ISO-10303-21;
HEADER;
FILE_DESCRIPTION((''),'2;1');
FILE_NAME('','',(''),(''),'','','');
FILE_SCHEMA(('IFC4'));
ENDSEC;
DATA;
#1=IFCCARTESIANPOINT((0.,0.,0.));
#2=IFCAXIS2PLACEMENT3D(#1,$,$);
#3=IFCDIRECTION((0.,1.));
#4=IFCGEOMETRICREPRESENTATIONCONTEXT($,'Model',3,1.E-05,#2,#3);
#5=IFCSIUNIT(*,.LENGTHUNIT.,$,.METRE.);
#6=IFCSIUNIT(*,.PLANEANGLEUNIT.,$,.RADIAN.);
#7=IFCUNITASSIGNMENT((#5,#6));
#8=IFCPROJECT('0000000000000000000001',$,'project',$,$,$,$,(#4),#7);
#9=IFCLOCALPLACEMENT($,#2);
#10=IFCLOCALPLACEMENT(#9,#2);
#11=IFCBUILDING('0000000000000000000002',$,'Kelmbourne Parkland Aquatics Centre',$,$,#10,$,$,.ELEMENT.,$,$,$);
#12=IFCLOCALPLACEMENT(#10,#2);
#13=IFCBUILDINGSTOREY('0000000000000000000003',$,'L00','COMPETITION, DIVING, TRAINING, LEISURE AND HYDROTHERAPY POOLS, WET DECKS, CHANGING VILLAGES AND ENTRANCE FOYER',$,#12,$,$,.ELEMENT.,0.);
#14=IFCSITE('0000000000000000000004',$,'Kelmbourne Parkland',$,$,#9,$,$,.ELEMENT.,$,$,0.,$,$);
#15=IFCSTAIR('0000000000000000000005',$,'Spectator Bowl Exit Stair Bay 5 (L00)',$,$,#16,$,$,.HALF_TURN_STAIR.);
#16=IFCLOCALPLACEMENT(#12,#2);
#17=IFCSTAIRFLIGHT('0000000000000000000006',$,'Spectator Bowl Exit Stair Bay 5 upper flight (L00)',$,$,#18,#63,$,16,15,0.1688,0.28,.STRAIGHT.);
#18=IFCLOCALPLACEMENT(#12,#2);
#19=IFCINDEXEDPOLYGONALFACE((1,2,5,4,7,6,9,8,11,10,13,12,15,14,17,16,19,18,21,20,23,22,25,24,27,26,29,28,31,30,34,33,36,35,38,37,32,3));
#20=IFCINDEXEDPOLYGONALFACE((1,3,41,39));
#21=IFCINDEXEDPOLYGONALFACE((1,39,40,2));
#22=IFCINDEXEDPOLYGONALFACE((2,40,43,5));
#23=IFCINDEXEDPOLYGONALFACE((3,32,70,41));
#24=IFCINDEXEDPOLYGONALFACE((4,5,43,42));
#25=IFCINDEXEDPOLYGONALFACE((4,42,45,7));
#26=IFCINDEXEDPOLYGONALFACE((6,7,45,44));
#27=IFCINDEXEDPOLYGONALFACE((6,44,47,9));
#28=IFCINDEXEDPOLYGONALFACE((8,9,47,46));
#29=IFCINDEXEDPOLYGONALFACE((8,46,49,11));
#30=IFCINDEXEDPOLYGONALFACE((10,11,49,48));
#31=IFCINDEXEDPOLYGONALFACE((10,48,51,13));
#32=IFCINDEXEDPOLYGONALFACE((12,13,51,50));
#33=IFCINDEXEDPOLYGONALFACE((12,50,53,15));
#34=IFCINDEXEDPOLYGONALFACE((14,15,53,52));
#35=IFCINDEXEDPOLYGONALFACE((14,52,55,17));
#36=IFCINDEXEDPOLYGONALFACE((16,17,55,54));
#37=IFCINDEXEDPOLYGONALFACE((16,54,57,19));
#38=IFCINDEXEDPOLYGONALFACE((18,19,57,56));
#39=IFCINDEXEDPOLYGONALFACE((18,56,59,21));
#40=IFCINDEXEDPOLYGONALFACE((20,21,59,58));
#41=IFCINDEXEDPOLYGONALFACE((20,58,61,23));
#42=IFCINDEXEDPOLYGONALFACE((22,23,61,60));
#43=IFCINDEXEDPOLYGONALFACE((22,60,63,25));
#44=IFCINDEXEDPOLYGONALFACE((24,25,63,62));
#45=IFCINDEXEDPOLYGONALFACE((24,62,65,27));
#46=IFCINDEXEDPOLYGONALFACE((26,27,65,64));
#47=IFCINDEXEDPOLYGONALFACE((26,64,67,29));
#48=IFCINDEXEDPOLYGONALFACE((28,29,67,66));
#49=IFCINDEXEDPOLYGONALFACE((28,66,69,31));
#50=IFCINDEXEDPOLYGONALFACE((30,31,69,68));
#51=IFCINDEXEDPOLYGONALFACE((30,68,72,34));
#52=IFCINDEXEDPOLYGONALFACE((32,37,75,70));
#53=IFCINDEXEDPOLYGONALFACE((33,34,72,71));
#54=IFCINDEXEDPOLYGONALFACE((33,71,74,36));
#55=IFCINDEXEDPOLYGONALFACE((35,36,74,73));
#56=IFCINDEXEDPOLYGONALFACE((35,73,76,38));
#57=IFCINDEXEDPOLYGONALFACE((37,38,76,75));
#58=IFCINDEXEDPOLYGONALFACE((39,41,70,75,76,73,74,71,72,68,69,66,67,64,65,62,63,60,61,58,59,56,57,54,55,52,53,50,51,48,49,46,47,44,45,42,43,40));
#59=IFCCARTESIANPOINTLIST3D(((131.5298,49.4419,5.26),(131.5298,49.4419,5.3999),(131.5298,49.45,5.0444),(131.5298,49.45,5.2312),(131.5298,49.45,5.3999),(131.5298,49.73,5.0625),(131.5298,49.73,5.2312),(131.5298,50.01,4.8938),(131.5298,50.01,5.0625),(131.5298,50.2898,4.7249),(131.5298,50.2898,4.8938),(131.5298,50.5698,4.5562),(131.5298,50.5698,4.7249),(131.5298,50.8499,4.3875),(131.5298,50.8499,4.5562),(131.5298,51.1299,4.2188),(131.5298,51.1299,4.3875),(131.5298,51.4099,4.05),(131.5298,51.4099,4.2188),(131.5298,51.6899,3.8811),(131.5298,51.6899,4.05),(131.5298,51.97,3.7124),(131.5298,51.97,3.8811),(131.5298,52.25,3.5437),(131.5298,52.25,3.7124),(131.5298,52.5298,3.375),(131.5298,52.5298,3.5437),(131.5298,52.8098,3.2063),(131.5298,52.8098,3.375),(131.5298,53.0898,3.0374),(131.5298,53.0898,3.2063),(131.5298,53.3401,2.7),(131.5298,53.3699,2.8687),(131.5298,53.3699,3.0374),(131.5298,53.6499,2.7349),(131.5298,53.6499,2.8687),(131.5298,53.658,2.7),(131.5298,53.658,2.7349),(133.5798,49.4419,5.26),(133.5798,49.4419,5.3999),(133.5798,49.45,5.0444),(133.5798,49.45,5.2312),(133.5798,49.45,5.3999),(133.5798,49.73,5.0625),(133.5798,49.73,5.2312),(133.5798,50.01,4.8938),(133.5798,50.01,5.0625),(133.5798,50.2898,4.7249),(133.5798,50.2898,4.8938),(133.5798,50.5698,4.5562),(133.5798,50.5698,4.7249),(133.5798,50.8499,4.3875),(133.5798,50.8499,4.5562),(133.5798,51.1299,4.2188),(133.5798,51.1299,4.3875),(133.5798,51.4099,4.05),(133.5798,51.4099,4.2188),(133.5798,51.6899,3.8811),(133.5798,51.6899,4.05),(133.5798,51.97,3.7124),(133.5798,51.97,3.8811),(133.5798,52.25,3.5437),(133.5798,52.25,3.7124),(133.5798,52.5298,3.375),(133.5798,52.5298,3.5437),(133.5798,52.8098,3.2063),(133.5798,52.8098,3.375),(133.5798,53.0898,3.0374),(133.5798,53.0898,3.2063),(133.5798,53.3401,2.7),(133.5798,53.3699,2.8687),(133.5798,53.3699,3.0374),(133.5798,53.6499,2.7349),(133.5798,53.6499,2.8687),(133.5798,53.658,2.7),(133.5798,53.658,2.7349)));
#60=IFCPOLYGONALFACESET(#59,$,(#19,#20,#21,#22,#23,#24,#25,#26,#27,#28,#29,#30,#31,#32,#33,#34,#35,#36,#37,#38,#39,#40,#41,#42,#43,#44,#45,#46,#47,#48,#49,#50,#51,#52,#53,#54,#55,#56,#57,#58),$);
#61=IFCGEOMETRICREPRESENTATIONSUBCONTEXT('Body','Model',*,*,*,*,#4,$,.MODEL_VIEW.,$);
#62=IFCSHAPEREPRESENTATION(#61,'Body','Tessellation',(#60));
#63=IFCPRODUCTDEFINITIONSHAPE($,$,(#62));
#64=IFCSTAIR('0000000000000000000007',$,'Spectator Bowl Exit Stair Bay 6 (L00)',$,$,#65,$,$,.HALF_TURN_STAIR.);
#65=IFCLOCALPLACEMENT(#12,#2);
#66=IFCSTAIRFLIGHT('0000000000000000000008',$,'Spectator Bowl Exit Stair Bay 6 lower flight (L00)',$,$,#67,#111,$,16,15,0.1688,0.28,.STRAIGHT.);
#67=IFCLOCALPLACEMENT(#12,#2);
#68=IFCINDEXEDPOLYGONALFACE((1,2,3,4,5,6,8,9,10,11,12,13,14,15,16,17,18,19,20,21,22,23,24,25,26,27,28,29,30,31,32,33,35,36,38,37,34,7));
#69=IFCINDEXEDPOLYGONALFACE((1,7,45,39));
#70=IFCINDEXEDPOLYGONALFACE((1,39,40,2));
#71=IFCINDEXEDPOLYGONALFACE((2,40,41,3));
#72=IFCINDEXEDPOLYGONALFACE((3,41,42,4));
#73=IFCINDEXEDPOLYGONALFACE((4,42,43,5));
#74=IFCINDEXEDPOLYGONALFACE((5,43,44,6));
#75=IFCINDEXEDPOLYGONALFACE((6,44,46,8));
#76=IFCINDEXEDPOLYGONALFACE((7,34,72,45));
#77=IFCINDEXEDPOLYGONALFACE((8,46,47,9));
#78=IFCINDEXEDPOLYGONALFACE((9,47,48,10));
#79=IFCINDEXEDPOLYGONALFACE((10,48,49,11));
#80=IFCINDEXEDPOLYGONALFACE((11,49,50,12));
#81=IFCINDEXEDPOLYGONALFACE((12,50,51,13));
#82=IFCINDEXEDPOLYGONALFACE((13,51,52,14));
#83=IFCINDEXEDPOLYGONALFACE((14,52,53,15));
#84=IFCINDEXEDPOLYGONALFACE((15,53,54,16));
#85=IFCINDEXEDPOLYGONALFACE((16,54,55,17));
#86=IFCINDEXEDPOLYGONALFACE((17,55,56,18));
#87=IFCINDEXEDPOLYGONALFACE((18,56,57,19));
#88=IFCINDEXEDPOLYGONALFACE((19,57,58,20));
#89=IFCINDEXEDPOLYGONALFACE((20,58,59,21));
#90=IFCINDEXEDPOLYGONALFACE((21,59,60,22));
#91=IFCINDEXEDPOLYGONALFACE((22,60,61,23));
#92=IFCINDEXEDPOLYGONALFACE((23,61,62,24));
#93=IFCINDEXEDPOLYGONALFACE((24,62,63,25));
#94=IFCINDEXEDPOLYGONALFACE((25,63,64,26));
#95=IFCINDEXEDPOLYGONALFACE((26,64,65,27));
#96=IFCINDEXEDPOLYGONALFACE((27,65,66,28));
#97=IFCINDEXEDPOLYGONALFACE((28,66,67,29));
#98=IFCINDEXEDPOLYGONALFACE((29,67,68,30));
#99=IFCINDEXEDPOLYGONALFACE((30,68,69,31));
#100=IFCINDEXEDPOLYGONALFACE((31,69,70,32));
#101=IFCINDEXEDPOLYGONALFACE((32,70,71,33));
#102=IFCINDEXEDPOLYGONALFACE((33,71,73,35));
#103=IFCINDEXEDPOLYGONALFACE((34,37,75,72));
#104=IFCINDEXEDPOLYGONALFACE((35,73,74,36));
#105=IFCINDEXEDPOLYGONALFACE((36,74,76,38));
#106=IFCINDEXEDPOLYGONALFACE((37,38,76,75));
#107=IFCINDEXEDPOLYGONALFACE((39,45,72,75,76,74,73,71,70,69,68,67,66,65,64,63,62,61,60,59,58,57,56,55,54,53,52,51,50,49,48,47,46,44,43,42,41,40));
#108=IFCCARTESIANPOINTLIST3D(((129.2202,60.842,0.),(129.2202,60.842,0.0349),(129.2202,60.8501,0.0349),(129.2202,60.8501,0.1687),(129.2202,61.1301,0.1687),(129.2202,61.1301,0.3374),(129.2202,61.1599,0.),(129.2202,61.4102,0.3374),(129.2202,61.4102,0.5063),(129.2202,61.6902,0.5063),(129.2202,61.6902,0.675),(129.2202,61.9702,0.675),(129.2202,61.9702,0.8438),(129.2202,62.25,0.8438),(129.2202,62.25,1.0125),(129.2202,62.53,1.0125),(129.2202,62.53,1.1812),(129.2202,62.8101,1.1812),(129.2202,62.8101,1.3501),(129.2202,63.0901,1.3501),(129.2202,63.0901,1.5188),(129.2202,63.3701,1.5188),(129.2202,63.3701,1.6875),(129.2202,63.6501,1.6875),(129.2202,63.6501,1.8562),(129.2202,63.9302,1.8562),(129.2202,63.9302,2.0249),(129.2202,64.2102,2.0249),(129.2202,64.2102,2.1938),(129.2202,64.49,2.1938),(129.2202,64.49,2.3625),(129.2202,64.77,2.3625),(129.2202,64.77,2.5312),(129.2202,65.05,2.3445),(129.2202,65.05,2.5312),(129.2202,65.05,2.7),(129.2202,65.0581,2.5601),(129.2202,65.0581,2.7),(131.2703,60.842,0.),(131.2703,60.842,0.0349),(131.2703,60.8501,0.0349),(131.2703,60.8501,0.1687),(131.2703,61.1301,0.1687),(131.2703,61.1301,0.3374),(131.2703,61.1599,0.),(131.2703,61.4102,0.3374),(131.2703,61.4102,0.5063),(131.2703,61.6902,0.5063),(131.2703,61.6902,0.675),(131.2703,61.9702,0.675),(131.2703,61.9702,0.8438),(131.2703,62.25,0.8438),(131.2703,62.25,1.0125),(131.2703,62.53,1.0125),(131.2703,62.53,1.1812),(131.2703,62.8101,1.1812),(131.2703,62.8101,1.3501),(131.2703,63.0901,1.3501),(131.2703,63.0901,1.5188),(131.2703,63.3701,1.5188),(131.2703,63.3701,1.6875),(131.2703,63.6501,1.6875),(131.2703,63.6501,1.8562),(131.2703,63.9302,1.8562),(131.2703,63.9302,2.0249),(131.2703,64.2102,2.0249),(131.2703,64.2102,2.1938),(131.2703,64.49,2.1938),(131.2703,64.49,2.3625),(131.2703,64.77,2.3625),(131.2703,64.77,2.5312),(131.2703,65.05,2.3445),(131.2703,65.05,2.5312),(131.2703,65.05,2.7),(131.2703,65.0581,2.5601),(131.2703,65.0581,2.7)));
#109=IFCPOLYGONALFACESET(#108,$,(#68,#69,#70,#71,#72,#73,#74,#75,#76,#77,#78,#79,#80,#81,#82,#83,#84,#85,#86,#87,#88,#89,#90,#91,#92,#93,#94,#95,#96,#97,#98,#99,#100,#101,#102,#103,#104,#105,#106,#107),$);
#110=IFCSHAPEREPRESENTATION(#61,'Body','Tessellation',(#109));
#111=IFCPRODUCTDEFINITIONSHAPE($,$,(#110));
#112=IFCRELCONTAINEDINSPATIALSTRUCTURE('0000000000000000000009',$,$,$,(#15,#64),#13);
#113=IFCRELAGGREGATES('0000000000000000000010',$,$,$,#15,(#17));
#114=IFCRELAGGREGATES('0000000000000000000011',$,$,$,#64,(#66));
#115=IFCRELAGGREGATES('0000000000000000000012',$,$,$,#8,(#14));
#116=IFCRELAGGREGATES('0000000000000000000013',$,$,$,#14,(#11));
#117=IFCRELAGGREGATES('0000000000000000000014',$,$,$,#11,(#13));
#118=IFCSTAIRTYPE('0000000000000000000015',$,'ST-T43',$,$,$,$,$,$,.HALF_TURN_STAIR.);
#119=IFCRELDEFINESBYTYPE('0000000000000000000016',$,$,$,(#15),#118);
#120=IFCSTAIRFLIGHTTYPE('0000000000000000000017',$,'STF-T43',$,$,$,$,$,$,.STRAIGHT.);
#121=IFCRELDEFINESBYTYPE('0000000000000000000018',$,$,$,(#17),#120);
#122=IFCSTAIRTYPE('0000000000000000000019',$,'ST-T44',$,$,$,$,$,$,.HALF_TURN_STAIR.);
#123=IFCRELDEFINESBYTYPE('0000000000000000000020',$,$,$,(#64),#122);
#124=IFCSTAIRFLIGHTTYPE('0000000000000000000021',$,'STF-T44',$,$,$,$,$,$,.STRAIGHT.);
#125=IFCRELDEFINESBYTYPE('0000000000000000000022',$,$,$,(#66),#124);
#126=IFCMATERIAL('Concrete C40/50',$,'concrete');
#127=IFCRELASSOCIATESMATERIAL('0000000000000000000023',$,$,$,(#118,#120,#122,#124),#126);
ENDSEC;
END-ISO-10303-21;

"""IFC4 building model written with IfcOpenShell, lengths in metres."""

from ifc_helpers import new_model, si_unit, direction, frame, origin, place, context, subcontext, project, spatial, polyline, outline, extrude, material, type_object, element, aggregate, save


model = new_model("IFC4")

# Units and contexts
model_context = context("Model", 3, precision=1e-05, world=origin(), true_north=direction((0.0, 1.0)))
body_context = subcontext(model_context, "Body", "Model", "MODEL_VIEW")
ifc_project = project(units=[si_unit("LENGTHUNIT", "METRE"), si_unit("PLANEANGLEUNIT", "RADIAN")], contexts=[model_context])

# Site, building, storey
site_placement = place(None, origin())
site = spatial("IfcSite", under=ifc_project, at=site_placement, Name="Kelmbourne Parkland", CompositionType="ELEMENT", RefElevation=0.0)
building_placement = place(site_placement, origin())
building = spatial("IfcBuilding", under=site, at=building_placement, Name="Kelmbourne Parkland Aquatics Centre", CompositionType="ELEMENT")
storey_placement = place(building_placement, origin())
storey = spatial("IfcBuildingStorey", under=building, at=storey_placement, Name="L00", Description="COMPETITION, DIVING, TRAINING, LEISURE AND HYDROTHERAPY POOLS, WET DECKS, CHANGING VILLAGES AND ENTRANCE FOYER", CompositionType="ELEMENT", Elevation=0.0)

# Shared definitions
ifc_material_1 = material(Name="Concrete C40/50", Category="concrete")

# Stair, stair flight
stair_type_1 = type_object("IfcStairType", Name="ST-T43", PredefinedType="HALF_TURN_STAIR", material=ifc_material_1)
stair_1_placement = place(storey_placement, origin())
stair_1 = element("IfcStair", 1, at=stair_1_placement, inside=storey, type_object=stair_type_1, Name="Spectator Bowl Exit Stair Bay 5 (L00)", PredefinedType="HALF_TURN_STAIR")
stair_flight_type_1 = type_object("IfcStairFlightType", Name="STF-T43", PredefinedType="STRAIGHT", material=ifc_material_1)
stair_flight_1_placement = place(storey_placement, frame((132.5549, 53.6499, 2.7), z_axis=(0.0, 0.0, 1.0), x_axis=(0.0, -1.0, 0.0)))
stair_flight_1 = element("IfcStairFlight", 2, at=stair_flight_1_placement, type_object=stair_flight_type_1, Name="Spectator Bowl Exit Stair Bay 5 upper flight (L00)", NumberOfRisers=16, NumberOfTreads=15, PredefinedType="STRAIGHT", RiserHeight=0.1688, TreadLength=0.28, context=body_context, shape_type="SweptSolid", body=[
    extrude(outline(polyline([(-0.0081, 0.0), (-0.0081, 0.0349), (0.0, 0.0349), (0.0, 0.1687), (0.28, 0.1687), (0.28, 0.3374), (0.5601, 0.3374), (0.5601, 0.5063), (0.8401, 0.5063), (0.8401, 0.675), (1.1201, 0.675), (1.1201, 0.8438), (1.3999, 0.8438), (1.3999, 1.0125), (1.6799, 1.0125), (1.6799, 1.1812), (1.96, 1.1812), (1.96, 1.3501), (2.24, 1.3501), (2.24, 1.5188), (2.52, 1.5188), (2.52, 1.6875), (2.8, 1.6875), (2.8, 1.8562), (3.0801, 1.8562), (3.0801, 2.0249), (3.3601, 2.0249), (3.3601, 2.1938), (3.6399, 2.1938), (3.6399, 2.3625), (3.9199, 2.3625), (3.9199, 2.5312), (4.2, 2.5312), (4.2, 2.7), (4.208, 2.7), (4.208, 2.5601), (4.2, 2.3445), (0.3098, 0.0), (-0.0081, 0.0)])), frame((0.0, 1.0249, 0.0), z_axis=(0.0, -1.0, 0.0), x_axis=(1.0, 0.0, 0.0)), (0.0, 0.0, 1.0), 2.05),
])
aggregate(stair_1, [stair_flight_1])

# Stair, stair flight
stair_type_2 = type_object("IfcStairType", Name="ST-T44", PredefinedType="HALF_TURN_STAIR", material=ifc_material_1)
stair_2_placement = place(storey_placement, origin())
stair_2 = element("IfcStair", 3, at=stair_2_placement, inside=storey, type_object=stair_type_2, Name="Spectator Bowl Exit Stair Bay 6 (L00)", PredefinedType="HALF_TURN_STAIR")
stair_flight_type_2 = type_object("IfcStairFlightType", Name="STF-T44", PredefinedType="STRAIGHT", material=ifc_material_1)
stair_flight_2_placement = place(storey_placement, frame((130.2451, 60.8501, 0.0), z_axis=(0.0, 0.0, 1.0), x_axis=(0.0, 1.0, 0.0)))
stair_flight_2 = element("IfcStairFlight", 4, at=stair_flight_2_placement, type_object=stair_flight_type_2, Name="Spectator Bowl Exit Stair Bay 6 lower flight (L00)", NumberOfRisers=16, NumberOfTreads=15, PredefinedType="STRAIGHT", RiserHeight=0.1688, TreadLength=0.28, context=body_context, shape_type="SweptSolid", body=[
    extrude(outline(polyline([(-0.0081, 0.0), (-0.0081, 0.0349), (0.0, 0.0349), (0.0, 0.1687), (0.28, 0.1687), (0.28, 0.3374), (0.5601, 0.3374), (0.5601, 0.5063), (0.8401, 0.5063), (0.8401, 0.675), (1.1201, 0.675), (1.1201, 0.8438), (1.3999, 0.8438), (1.3999, 1.0125), (1.6799, 1.0125), (1.6799, 1.1812), (1.96, 1.1812), (1.96, 1.3501), (2.24, 1.3501), (2.24, 1.5188), (2.52, 1.5188), (2.52, 1.6875), (2.8, 1.6875), (2.8, 1.8562), (3.0801, 1.8562), (3.0801, 2.0249), (3.3601, 2.0249), (3.3601, 2.1938), (3.6399, 2.1938), (3.6399, 2.3625), (3.9199, 2.3625), (3.9199, 2.5312), (4.2, 2.5312), (4.2, 2.7), (4.208, 2.7), (4.208, 2.5601), (4.2, 2.3445), (0.3098, 0.0), (-0.0081, 0.0)])), frame((0.0, 1.0249, 0.0), z_axis=(0.0, -1.0, 0.0), x_axis=(1.0, 0.0, 0.0)), (0.0, 0.0, 1.0), 2.05),
])
aggregate(stair_2, [stair_flight_2])

save(model, "model.ifc")
